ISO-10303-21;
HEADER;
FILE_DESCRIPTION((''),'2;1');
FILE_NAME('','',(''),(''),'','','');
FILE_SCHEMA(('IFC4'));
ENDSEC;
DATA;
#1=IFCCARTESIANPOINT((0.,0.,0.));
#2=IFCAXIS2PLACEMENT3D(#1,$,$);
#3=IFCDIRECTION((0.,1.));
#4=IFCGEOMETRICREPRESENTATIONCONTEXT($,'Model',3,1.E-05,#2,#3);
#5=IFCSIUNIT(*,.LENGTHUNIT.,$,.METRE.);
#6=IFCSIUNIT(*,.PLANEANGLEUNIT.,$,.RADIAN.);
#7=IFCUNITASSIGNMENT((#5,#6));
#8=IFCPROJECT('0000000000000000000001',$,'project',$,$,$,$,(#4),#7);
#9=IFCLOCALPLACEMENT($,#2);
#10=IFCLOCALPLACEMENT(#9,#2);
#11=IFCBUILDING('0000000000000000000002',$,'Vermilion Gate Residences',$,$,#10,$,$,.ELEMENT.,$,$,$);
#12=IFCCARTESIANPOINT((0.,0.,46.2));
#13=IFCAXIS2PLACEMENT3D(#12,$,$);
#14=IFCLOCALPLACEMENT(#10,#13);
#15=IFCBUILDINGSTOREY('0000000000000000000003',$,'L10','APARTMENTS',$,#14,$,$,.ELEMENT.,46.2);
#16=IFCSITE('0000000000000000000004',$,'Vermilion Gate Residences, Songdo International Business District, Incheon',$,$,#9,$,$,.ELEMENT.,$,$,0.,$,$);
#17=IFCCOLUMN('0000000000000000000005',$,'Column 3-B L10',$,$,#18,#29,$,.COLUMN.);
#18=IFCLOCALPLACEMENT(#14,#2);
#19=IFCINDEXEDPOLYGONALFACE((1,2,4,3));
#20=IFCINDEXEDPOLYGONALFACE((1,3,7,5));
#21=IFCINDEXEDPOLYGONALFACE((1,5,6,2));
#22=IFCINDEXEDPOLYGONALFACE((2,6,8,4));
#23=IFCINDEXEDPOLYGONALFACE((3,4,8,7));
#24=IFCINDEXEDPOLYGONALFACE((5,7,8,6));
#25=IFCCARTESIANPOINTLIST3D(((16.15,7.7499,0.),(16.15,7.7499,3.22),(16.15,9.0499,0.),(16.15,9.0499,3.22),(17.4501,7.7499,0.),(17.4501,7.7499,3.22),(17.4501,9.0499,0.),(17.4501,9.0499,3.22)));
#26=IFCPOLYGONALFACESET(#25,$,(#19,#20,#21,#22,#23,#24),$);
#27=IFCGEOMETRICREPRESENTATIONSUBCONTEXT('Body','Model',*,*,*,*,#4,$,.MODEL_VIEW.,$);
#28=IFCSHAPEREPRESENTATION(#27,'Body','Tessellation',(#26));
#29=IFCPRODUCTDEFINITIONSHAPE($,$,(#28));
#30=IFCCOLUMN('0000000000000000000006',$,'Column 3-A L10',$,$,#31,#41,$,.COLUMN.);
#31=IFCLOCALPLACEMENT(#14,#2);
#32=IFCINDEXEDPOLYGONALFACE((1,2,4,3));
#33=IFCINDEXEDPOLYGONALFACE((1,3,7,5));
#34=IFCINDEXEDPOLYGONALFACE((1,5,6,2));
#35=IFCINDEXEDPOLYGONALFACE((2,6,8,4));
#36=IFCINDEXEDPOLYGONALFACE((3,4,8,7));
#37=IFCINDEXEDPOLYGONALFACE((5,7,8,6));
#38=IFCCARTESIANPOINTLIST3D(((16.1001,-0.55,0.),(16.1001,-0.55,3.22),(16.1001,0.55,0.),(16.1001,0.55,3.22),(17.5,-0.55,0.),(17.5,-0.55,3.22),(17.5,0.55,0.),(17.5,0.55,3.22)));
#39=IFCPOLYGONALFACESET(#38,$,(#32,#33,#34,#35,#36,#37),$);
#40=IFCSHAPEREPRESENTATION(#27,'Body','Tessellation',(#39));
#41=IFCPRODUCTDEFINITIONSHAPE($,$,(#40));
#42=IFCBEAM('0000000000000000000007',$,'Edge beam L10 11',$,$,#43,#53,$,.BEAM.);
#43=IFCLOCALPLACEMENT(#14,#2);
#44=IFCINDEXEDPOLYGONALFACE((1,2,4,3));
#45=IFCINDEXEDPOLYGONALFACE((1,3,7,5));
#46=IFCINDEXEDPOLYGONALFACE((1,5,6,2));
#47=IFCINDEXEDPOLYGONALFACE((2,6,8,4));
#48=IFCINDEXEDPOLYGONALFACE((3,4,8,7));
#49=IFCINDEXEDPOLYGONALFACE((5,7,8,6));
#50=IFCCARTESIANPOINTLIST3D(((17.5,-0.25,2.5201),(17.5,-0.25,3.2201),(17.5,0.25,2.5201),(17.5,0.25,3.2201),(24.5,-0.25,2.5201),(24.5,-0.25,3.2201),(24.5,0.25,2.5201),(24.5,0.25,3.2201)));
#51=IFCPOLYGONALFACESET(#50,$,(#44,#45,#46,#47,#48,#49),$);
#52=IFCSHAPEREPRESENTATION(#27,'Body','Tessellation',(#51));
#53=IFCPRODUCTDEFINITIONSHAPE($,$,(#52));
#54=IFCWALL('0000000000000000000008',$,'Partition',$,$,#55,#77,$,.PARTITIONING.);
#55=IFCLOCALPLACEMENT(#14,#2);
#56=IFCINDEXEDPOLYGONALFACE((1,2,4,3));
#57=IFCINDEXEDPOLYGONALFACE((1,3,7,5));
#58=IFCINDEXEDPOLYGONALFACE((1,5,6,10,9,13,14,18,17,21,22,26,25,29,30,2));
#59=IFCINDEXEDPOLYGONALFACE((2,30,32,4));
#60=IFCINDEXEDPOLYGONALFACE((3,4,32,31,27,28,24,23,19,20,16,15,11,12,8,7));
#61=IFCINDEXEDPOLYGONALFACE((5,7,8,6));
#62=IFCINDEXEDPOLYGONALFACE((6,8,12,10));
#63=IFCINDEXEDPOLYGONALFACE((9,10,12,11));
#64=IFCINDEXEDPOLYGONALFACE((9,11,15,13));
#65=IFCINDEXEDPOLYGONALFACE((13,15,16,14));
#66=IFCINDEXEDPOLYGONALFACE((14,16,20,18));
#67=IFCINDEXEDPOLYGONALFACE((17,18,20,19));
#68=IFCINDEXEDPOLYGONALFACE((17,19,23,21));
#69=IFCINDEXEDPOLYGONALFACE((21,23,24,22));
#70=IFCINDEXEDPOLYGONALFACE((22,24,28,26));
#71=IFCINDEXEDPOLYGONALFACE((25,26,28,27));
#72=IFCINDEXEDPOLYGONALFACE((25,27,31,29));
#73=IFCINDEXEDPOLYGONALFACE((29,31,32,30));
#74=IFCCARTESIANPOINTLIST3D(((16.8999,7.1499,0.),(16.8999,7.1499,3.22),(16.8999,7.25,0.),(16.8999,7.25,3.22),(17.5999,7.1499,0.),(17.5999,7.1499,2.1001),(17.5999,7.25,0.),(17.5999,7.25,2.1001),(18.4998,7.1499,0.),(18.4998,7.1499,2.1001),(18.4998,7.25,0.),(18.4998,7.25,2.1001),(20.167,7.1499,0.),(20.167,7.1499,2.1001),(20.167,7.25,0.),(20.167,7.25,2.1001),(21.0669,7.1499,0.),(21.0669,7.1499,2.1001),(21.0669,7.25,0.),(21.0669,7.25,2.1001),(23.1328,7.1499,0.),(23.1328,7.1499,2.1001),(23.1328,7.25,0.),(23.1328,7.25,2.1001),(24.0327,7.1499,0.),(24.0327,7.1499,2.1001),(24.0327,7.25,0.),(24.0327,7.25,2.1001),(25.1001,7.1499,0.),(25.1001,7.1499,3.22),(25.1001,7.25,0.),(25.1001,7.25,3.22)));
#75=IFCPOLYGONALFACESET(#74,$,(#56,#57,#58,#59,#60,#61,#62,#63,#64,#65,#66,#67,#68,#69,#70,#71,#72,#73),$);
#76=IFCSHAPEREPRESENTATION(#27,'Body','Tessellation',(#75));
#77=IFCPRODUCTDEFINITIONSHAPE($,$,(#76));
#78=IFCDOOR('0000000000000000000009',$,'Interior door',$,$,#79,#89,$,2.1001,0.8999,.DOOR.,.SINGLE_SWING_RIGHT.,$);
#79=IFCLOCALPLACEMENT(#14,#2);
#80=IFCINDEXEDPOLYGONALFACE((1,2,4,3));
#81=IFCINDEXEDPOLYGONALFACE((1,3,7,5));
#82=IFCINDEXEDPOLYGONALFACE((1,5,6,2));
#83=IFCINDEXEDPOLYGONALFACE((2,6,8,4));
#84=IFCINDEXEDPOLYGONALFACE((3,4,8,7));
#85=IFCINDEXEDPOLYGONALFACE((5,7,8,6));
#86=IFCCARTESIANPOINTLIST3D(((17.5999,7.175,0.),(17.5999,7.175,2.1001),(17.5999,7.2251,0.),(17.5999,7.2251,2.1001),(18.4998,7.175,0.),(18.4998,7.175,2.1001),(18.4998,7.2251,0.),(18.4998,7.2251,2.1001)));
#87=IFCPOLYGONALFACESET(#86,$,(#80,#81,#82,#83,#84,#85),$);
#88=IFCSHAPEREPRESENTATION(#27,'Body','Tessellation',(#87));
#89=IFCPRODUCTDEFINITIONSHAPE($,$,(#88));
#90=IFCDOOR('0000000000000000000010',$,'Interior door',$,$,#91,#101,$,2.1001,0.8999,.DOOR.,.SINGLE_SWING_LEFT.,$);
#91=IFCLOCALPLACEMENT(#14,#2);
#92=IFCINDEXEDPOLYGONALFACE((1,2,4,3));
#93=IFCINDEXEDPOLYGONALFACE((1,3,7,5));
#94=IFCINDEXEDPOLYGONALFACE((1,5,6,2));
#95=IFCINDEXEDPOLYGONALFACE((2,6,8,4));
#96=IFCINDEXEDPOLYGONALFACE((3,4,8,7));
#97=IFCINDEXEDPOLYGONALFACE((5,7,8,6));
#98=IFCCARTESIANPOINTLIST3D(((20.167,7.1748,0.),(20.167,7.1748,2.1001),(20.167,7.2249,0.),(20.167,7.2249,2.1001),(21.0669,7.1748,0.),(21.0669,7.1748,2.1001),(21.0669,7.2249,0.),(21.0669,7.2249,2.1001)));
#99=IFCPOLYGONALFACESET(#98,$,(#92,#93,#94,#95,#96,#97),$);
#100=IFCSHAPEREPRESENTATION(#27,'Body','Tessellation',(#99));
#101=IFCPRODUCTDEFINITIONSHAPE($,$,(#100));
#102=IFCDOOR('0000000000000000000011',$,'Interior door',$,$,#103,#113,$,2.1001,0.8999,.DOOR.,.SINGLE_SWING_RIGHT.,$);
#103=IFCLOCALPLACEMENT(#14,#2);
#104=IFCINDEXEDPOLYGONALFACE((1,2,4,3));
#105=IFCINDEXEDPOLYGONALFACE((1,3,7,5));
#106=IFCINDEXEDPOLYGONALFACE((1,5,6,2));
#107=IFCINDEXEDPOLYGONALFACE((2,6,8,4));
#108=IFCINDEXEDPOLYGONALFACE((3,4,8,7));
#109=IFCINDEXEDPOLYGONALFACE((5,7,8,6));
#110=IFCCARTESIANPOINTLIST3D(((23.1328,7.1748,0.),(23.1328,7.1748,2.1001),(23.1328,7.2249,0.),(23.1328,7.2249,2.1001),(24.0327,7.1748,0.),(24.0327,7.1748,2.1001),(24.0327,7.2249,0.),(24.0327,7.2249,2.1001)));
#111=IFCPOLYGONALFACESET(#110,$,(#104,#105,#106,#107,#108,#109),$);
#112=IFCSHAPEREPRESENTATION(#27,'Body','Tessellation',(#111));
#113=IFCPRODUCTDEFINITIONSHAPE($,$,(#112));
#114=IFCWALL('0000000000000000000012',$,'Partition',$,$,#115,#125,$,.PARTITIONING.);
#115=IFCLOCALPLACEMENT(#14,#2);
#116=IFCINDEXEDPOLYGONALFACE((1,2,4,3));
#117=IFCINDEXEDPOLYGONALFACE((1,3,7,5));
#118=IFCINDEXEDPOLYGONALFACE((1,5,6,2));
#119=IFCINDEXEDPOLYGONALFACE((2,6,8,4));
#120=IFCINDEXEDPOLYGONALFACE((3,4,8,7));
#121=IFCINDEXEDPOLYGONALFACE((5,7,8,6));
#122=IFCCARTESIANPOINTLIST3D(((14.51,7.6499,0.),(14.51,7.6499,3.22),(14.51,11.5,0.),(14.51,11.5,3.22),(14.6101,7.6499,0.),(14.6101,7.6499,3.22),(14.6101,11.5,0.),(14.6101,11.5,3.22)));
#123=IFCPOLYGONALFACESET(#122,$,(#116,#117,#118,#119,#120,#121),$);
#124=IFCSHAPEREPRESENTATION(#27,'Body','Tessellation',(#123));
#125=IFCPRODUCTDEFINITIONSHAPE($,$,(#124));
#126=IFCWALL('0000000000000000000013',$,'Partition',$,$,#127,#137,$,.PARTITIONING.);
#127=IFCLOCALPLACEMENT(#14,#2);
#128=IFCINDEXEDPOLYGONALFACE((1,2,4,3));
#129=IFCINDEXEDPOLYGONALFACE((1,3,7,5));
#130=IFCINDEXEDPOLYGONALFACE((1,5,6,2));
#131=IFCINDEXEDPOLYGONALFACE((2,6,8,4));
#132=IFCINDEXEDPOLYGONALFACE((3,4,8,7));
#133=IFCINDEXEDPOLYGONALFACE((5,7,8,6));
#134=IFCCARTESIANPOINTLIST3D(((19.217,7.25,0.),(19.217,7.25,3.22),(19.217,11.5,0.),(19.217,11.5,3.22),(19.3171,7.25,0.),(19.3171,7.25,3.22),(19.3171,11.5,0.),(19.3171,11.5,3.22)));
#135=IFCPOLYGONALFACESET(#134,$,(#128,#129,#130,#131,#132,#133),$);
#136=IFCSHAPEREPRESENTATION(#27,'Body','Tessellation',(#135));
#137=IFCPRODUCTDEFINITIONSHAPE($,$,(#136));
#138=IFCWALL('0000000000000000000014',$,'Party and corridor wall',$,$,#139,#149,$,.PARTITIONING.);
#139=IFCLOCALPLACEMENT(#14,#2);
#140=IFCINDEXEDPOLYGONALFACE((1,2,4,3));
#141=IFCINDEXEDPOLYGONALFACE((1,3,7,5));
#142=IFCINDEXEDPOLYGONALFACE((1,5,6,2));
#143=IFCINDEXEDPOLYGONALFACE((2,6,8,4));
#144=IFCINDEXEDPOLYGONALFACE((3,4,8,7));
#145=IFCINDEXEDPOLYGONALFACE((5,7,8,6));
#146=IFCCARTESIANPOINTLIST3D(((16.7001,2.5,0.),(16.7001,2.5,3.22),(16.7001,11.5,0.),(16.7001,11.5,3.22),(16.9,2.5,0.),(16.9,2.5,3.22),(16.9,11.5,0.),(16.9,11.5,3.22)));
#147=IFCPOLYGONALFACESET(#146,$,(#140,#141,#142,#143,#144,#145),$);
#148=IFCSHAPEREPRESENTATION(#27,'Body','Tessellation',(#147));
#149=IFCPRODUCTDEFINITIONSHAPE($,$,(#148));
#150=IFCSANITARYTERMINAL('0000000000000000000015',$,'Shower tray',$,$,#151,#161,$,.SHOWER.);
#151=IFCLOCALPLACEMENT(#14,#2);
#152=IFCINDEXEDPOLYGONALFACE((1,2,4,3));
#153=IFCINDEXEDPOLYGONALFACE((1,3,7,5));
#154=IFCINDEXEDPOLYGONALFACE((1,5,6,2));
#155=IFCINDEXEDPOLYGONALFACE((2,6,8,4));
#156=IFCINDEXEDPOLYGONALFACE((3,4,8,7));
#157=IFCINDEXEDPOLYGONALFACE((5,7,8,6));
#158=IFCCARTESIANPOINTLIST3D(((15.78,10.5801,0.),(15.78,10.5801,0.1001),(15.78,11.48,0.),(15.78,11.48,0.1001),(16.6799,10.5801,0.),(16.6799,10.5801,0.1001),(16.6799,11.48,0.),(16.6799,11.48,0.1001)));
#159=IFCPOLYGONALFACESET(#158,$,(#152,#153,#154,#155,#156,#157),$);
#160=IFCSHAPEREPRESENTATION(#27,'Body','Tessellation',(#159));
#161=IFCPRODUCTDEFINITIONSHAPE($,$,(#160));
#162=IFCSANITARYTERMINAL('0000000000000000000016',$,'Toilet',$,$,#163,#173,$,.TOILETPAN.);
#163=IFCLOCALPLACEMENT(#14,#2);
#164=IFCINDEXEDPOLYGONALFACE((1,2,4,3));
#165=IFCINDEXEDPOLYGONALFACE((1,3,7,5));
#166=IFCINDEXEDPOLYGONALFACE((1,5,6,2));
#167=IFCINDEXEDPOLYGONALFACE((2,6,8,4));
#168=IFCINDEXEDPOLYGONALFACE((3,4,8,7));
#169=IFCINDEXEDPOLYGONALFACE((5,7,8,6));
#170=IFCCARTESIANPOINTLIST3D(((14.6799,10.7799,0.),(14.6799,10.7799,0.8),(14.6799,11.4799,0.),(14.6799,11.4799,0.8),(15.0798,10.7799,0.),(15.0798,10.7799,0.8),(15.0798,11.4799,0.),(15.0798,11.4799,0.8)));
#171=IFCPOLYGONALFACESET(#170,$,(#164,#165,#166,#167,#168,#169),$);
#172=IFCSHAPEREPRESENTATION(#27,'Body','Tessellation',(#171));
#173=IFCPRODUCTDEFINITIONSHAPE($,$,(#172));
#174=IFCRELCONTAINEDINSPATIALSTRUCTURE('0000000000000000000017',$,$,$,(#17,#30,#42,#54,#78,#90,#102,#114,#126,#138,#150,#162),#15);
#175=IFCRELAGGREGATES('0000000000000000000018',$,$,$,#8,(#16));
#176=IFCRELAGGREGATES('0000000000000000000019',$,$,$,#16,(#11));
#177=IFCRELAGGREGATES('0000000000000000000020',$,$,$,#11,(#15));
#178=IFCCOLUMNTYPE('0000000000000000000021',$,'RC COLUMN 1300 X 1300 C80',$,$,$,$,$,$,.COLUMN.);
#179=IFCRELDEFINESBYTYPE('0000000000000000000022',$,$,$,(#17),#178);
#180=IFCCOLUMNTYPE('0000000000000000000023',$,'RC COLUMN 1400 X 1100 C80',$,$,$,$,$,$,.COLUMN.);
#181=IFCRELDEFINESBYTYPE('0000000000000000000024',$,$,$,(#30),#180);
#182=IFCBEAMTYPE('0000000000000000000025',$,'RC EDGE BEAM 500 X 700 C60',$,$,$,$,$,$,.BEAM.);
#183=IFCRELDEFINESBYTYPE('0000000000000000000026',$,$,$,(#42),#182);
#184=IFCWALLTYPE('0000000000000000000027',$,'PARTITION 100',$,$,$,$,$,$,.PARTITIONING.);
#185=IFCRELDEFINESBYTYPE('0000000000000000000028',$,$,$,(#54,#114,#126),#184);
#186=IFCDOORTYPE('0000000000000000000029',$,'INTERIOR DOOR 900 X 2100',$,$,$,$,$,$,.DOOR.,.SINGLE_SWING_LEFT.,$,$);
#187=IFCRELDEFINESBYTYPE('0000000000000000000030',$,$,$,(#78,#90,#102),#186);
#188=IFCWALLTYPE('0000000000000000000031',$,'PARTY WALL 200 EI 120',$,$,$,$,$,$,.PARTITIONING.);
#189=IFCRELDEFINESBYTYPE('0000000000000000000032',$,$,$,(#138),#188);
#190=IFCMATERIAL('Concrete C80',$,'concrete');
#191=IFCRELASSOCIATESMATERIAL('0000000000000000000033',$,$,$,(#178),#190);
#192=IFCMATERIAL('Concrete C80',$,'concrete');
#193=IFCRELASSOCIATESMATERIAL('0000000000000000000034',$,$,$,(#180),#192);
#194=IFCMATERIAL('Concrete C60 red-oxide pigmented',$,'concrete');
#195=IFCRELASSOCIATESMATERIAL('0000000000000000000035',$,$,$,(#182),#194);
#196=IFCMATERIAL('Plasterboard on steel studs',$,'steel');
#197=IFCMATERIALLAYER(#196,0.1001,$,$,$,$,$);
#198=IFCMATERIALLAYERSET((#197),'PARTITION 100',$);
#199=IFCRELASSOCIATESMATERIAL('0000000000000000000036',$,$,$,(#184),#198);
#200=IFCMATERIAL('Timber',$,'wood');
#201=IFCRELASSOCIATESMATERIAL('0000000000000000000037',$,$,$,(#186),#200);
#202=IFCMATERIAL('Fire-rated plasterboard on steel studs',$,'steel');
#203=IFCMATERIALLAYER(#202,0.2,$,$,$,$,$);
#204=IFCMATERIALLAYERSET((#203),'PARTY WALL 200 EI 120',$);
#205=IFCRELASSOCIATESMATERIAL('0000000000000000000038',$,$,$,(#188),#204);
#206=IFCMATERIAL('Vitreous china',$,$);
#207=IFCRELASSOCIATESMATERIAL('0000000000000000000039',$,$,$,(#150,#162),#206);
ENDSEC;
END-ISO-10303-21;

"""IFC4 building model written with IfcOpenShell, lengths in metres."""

from ifc_helpers import new_model, si_unit, direction, frame, frame_2d, origin, origin_2d, place, context, subcontext, project, spatial, rectangle, extrude, material, layer, layer_set, material_profile, profile_set, type_object, element, fill, save


model = new_model("IFC4")

# Units and contexts
model_context = context("Model", 3, precision=1e-05, world=origin(), true_north=direction((0.0, 1.0)))
body_context = subcontext(model_context, "Body", "Model", "MODEL_VIEW")
ifc_project = project(units=[si_unit("LENGTHUNIT", "METRE"), si_unit("PLANEANGLEUNIT", "RADIAN")], contexts=[model_context])

# Site, building, storey
site_placement = place(None, origin())
site = spatial("IfcSite", under=ifc_project, at=site_placement, Name="Vermilion Gate Residences, Songdo International Business District, Incheon", CompositionType="ELEMENT", RefElevation=0.0)
building_placement = place(site_placement, origin())
building = spatial("IfcBuilding", under=site, at=building_placement, Name="Vermilion Gate Residences", CompositionType="ELEMENT")
storey_placement = place(building_placement, frame((0.0, 0.0, 46.2)))
storey = spatial("IfcBuildingStorey", under=building, at=storey_placement, Name="L10", Description="APARTMENTS", CompositionType="ELEMENT", Elevation=46.2)

# Columns
ifc_material_1 = material(Name="Concrete C80", Category="concrete")
ifc_material_profile_1 = material_profile(ifc_material_1, rectangle(XDim=1.3, YDim=1.3, at=origin_2d()), Name="RC-1300x1300")
ifc_profile_set_1 = profile_set([ifc_material_profile_1], Name="Concrete C80")
column_type_1 = type_object("IfcColumnType", Name="RC COLUMN 1300 X 1300 C80", PredefinedType="COLUMN", material=ifc_profile_set_1)
column_1_placement = place(storey_placement, frame((16.8, 8.3999, 0.0), z_axis=(0.0, 0.0, 1.0), x_axis=(1.0, 0.0, 0.0)))
element("IfcColumn", 1, at=column_1_placement, inside=storey, type_object=column_type_1, Name="Column 3-B L10", PredefinedType="COLUMN", context=body_context, shape_type="SweptSolid", body=[
    extrude(rectangle(XDim=1.3, YDim=1.3, at=origin_2d()), origin(), (0.0, 0.0, 1.0), 3.22),
])
ifc_material_2 = material(Name="Concrete C80", Category="concrete")
ifc_material_profile_2 = material_profile(ifc_material_2, rectangle(XDim=1.3999, YDim=1.1001, at=origin_2d()), Name="RC-1400x1100")
ifc_profile_set_2 = profile_set([ifc_material_profile_2], Name="Concrete C80")
column_type_2 = type_object("IfcColumnType", Name="RC COLUMN 1400 X 1100 C80", PredefinedType="COLUMN", material=ifc_profile_set_2)
column_2_placement = place(storey_placement, frame((16.8, 0.0, 0.0), z_axis=(0.0, 0.0, 1.0), x_axis=(1.0, 0.0, 0.0)))
element("IfcColumn", 2, at=column_2_placement, inside=storey, type_object=column_type_2, Name="Column 3-A L10", PredefinedType="COLUMN", context=body_context, shape_type="SweptSolid", body=[
    extrude(rectangle(XDim=1.3999, YDim=1.1001, at=origin_2d()), origin(), (0.0, 0.0, 1.0), 3.22),
])

# Beam
ifc_material_3 = material(Name="Concrete C60 red-oxide pigmented", Category="concrete")
ifc_material_profile_3 = material_profile(ifc_material_3, rectangle(XDim=0.5, YDim=0.7, at=origin_2d()), Name="RC-500x700")
ifc_profile_set_3 = profile_set([ifc_material_profile_3], Name="Concrete C60 red-oxide pigmented")
beam_type = type_object("IfcBeamType", Name="RC EDGE BEAM 500 X 700 C60", PredefinedType="BEAM", material=ifc_profile_set_3)
beam_placement = place(storey_placement, frame((17.5, 0.0, 2.8701), z_axis=(1.0, 0.0, 0.0), x_axis=(0.0, 1.0, 0.0)))
element("IfcBeam", 3, at=beam_placement, inside=storey, type_object=beam_type, Name="Edge beam L10 11", PredefinedType="BEAM", context=body_context, shape_type="SweptSolid", body=[
    extrude(rectangle(XDim=0.5, YDim=0.7, at=origin_2d()), origin(), (0.0, 0.0, 1.0), 7.0),
])

# Wall, openings, doors
ifc_material_4 = material(Name="Plasterboard on steel studs", Category="steel")
ifc_layer_1 = layer(ifc_material_4, 0.1001)
ifc_layer_set_1 = layer_set([ifc_layer_1], Name="PARTITION 100")
wall_type_1 = type_object("IfcWallType", Name="PARTITION 100", PredefinedType="PARTITIONING", material=ifc_layer_set_1)
wall_1_placement = place(storey_placement, frame((16.8999, 7.2, 0.0), z_axis=(0.0, 0.0, 1.0), x_axis=(1.0, 0.0, 0.0)))
wall_1 = element("IfcWall", 4, at=wall_1_placement, inside=storey, type_object=wall_type_1, Name="Partition", PredefinedType="PARTITIONING", context=body_context, shape_type="SweptSolid", body=[
    extrude(rectangle(XDim=8.2002, YDim=0.1001, at=frame_2d((4.1001, 0.0))), origin(), (0.0, 0.0, 1.0), 3.22),
])
opening_1_placement = place(wall_1_placement, frame((0.7, 0.0, 0.0)))
opening_1 = element("IfcOpeningElement", 5, at=opening_1_placement, cuts=wall_1, PredefinedType="OPENING", context=body_context, shape_type="SweptSolid", body=[
    extrude(rectangle(XDim=0.8999, YDim=2.1001, at=frame_2d((0.45, 1.05))), frame((0.0, 0.0601, 0.0), z_axis=(0.0, -1.0, 0.0), x_axis=(1.0, 0.0, 0.0)), (0.0, 0.0, 1.0), 0.1201),
])
opening_2_placement = place(wall_1_placement, frame((3.2671, 0.0, 0.0)))
opening_2 = element("IfcOpeningElement", 6, at=opening_2_placement, cuts=wall_1, PredefinedType="OPENING", context=body_context, shape_type="SweptSolid", body=[
    extrude(rectangle(XDim=0.8999, YDim=2.1001, at=frame_2d((0.45, 1.05))), frame((0.0, 0.0601, 0.0), z_axis=(0.0, -1.0, 0.0), x_axis=(1.0, 0.0, 0.0)), (0.0, 0.0, 1.0), 0.1201),
])
opening_3_placement = place(wall_1_placement, frame((6.2329, 0.0, 0.0)))
opening_3 = element("IfcOpeningElement", 7, at=opening_3_placement, cuts=wall_1, PredefinedType="OPENING", context=body_context, shape_type="SweptSolid", body=[
    extrude(rectangle(XDim=0.8999, YDim=2.1001, at=frame_2d((0.45, 1.05))), frame((0.0, 0.0601, 0.0), z_axis=(0.0, -1.0, 0.0), x_axis=(1.0, 0.0, 0.0)), (0.0, 0.0, 1.0), 0.1201),
])
ifc_material_5 = material(Name="Timber", Category="wood")
door_type = type_object("IfcDoorType", Name="INTERIOR DOOR 900 X 2100", OperationType="SINGLE_SWING_LEFT", PredefinedType="DOOR", material=ifc_material_5)
door_1_placement = place(opening_1_placement, frame((0.8999, 0.0, 0.0), z_axis=(0.0, 0.0, 1.0), x_axis=(-1.0, 0.0, 0.0)))
door_1 = element("IfcDoor", 8, at=door_1_placement, inside=storey, type_object=door_type, Name="Interior door", OperationType="SINGLE_SWING_RIGHT", OverallHeight=2.1001, OverallWidth=0.8999, PredefinedType="DOOR", context=body_context, shape_type="SweptSolid", body=[
    extrude(rectangle(XDim=0.8999, YDim=2.1001, at=frame_2d((0.45, 1.05))), frame((0.0, 0.0249, 0.0), z_axis=(0.0, -1.0, 0.0), x_axis=(1.0, 0.0, 0.0)), (0.0, 0.0, 1.0), 0.05),
])
fill(opening_1, door_1)
door_2_placement = place(opening_2_placement, origin())
door_2 = element("IfcDoor", 9, at=door_2_placement, inside=storey, type_object=door_type, Name="Interior door", OperationType="SINGLE_SWING_LEFT", OverallHeight=2.1001, OverallWidth=0.8999, PredefinedType="DOOR", context=body_context, shape_type="SweptSolid", body=[
    extrude(rectangle(XDim=0.8999, YDim=2.1001, at=frame_2d((0.45, 1.05))), frame((0.0, 0.0249, 0.0), z_axis=(0.0, -1.0, 0.0), x_axis=(1.0, 0.0, 0.0)), (0.0, 0.0, 1.0), 0.05),
])
fill(opening_2, door_2)
door_3_placement = place(opening_3_placement, origin())
door_3 = element("IfcDoor", 10, at=door_3_placement, inside=storey, type_object=door_type, Name="Interior door", OperationType="SINGLE_SWING_RIGHT", OverallHeight=2.1001, OverallWidth=0.8999, PredefinedType="DOOR", context=body_context, shape_type="SweptSolid", body=[
    extrude(rectangle(XDim=0.8999, YDim=2.1001, at=frame_2d((0.45, 1.05))), frame((0.0, 0.0249, 0.0), z_axis=(0.0, -1.0, 0.0), x_axis=(1.0, 0.0, 0.0)), (0.0, 0.0, 1.0), 0.05),
])
fill(opening_3, door_3)

# Walls
wall_2_placement = place(storey_placement, frame((14.5601, 7.6499, 0.0), z_axis=(0.0, 0.0, 1.0), x_axis=(0.0, 1.0, 0.0)))
element("IfcWall", 11, at=wall_2_placement, inside=storey, type_object=wall_type_1, Name="Partition", PredefinedType="PARTITIONING", context=body_context, shape_type="SweptSolid", body=[
    extrude(rectangle(XDim=3.8501, YDim=0.1001, at=frame_2d((1.925, 0.0))), origin(), (0.0, 0.0, 1.0), 3.22),
])
wall_3_placement = place(storey_placement, frame((19.2671, 7.25, 0.0), z_axis=(0.0, 0.0, 1.0), x_axis=(0.0, 1.0, 0.0)))
element("IfcWall", 12, at=wall_3_placement, inside=storey, type_object=wall_type_1, Name="Partition", PredefinedType="PARTITIONING", context=body_context, shape_type="SweptSolid", body=[
    extrude(rectangle(XDim=4.25, YDim=0.1001, at=frame_2d((2.125, 0.0))), origin(), (0.0, 0.0, 1.0), 3.22),
])
ifc_material_6 = material(Name="Fire-rated plasterboard on steel studs", Category="steel")
ifc_layer_2 = layer(ifc_material_6, 0.2)
ifc_layer_set_2 = layer_set([ifc_layer_2], Name="PARTY WALL 200 EI 120")
wall_type_2 = type_object("IfcWallType", Name="PARTY WALL 200 EI 120", PredefinedType="PARTITIONING", material=ifc_layer_set_2)
wall_4_placement = place(storey_placement, frame((16.8, 2.5, 0.0), z_axis=(0.0, 0.0, 1.0), x_axis=(0.0, 1.0, 0.0)))
element("IfcWall", 13, at=wall_4_placement, inside=storey, type_object=wall_type_2, Name="Party and corridor wall", PredefinedType="PARTITIONING", context=body_context, shape_type="SweptSolid", body=[
    extrude(rectangle(XDim=9.0, YDim=0.2, at=frame_2d((4.5, 0.0))), origin(), (0.0, 0.0, 1.0), 3.22),
])

# Sanitary terminals
ifc_material_7 = material(Name="Vitreous china")
sanitary_terminal_1_placement = place(storey_placement, frame((16.23, 11.03, 0.0), z_axis=(0.0, 0.0, 1.0), x_axis=(1.0, 0.0, 0.0)))
element("IfcSanitaryTerminal", 14, at=sanitary_terminal_1_placement, inside=storey, material=ifc_material_7, Name="Shower tray", PredefinedType="SHOWER", context=body_context, shape_type="SweptSolid", body=[
    extrude(rectangle(XDim=0.8999, YDim=0.8999, at=origin_2d()), origin(), (0.0, 0.0, 1.0), 0.1001),
])
sanitary_terminal_2_placement = place(storey_placement, frame((14.8799, 11.1299, 0.0), z_axis=(0.0, 0.0, 1.0), x_axis=(1.0, 0.0, 0.0)))
element("IfcSanitaryTerminal", 15, at=sanitary_terminal_2_placement, inside=storey, material=ifc_material_7, Name="Toilet", PredefinedType="TOILETPAN", context=body_context, shape_type="SweptSolid", body=[
    extrude(rectangle(XDim=0.3999, YDim=0.7, at=origin_2d()), origin(), (0.0, 0.0, 1.0), 0.8),
])

save(model, "model.ifc")
